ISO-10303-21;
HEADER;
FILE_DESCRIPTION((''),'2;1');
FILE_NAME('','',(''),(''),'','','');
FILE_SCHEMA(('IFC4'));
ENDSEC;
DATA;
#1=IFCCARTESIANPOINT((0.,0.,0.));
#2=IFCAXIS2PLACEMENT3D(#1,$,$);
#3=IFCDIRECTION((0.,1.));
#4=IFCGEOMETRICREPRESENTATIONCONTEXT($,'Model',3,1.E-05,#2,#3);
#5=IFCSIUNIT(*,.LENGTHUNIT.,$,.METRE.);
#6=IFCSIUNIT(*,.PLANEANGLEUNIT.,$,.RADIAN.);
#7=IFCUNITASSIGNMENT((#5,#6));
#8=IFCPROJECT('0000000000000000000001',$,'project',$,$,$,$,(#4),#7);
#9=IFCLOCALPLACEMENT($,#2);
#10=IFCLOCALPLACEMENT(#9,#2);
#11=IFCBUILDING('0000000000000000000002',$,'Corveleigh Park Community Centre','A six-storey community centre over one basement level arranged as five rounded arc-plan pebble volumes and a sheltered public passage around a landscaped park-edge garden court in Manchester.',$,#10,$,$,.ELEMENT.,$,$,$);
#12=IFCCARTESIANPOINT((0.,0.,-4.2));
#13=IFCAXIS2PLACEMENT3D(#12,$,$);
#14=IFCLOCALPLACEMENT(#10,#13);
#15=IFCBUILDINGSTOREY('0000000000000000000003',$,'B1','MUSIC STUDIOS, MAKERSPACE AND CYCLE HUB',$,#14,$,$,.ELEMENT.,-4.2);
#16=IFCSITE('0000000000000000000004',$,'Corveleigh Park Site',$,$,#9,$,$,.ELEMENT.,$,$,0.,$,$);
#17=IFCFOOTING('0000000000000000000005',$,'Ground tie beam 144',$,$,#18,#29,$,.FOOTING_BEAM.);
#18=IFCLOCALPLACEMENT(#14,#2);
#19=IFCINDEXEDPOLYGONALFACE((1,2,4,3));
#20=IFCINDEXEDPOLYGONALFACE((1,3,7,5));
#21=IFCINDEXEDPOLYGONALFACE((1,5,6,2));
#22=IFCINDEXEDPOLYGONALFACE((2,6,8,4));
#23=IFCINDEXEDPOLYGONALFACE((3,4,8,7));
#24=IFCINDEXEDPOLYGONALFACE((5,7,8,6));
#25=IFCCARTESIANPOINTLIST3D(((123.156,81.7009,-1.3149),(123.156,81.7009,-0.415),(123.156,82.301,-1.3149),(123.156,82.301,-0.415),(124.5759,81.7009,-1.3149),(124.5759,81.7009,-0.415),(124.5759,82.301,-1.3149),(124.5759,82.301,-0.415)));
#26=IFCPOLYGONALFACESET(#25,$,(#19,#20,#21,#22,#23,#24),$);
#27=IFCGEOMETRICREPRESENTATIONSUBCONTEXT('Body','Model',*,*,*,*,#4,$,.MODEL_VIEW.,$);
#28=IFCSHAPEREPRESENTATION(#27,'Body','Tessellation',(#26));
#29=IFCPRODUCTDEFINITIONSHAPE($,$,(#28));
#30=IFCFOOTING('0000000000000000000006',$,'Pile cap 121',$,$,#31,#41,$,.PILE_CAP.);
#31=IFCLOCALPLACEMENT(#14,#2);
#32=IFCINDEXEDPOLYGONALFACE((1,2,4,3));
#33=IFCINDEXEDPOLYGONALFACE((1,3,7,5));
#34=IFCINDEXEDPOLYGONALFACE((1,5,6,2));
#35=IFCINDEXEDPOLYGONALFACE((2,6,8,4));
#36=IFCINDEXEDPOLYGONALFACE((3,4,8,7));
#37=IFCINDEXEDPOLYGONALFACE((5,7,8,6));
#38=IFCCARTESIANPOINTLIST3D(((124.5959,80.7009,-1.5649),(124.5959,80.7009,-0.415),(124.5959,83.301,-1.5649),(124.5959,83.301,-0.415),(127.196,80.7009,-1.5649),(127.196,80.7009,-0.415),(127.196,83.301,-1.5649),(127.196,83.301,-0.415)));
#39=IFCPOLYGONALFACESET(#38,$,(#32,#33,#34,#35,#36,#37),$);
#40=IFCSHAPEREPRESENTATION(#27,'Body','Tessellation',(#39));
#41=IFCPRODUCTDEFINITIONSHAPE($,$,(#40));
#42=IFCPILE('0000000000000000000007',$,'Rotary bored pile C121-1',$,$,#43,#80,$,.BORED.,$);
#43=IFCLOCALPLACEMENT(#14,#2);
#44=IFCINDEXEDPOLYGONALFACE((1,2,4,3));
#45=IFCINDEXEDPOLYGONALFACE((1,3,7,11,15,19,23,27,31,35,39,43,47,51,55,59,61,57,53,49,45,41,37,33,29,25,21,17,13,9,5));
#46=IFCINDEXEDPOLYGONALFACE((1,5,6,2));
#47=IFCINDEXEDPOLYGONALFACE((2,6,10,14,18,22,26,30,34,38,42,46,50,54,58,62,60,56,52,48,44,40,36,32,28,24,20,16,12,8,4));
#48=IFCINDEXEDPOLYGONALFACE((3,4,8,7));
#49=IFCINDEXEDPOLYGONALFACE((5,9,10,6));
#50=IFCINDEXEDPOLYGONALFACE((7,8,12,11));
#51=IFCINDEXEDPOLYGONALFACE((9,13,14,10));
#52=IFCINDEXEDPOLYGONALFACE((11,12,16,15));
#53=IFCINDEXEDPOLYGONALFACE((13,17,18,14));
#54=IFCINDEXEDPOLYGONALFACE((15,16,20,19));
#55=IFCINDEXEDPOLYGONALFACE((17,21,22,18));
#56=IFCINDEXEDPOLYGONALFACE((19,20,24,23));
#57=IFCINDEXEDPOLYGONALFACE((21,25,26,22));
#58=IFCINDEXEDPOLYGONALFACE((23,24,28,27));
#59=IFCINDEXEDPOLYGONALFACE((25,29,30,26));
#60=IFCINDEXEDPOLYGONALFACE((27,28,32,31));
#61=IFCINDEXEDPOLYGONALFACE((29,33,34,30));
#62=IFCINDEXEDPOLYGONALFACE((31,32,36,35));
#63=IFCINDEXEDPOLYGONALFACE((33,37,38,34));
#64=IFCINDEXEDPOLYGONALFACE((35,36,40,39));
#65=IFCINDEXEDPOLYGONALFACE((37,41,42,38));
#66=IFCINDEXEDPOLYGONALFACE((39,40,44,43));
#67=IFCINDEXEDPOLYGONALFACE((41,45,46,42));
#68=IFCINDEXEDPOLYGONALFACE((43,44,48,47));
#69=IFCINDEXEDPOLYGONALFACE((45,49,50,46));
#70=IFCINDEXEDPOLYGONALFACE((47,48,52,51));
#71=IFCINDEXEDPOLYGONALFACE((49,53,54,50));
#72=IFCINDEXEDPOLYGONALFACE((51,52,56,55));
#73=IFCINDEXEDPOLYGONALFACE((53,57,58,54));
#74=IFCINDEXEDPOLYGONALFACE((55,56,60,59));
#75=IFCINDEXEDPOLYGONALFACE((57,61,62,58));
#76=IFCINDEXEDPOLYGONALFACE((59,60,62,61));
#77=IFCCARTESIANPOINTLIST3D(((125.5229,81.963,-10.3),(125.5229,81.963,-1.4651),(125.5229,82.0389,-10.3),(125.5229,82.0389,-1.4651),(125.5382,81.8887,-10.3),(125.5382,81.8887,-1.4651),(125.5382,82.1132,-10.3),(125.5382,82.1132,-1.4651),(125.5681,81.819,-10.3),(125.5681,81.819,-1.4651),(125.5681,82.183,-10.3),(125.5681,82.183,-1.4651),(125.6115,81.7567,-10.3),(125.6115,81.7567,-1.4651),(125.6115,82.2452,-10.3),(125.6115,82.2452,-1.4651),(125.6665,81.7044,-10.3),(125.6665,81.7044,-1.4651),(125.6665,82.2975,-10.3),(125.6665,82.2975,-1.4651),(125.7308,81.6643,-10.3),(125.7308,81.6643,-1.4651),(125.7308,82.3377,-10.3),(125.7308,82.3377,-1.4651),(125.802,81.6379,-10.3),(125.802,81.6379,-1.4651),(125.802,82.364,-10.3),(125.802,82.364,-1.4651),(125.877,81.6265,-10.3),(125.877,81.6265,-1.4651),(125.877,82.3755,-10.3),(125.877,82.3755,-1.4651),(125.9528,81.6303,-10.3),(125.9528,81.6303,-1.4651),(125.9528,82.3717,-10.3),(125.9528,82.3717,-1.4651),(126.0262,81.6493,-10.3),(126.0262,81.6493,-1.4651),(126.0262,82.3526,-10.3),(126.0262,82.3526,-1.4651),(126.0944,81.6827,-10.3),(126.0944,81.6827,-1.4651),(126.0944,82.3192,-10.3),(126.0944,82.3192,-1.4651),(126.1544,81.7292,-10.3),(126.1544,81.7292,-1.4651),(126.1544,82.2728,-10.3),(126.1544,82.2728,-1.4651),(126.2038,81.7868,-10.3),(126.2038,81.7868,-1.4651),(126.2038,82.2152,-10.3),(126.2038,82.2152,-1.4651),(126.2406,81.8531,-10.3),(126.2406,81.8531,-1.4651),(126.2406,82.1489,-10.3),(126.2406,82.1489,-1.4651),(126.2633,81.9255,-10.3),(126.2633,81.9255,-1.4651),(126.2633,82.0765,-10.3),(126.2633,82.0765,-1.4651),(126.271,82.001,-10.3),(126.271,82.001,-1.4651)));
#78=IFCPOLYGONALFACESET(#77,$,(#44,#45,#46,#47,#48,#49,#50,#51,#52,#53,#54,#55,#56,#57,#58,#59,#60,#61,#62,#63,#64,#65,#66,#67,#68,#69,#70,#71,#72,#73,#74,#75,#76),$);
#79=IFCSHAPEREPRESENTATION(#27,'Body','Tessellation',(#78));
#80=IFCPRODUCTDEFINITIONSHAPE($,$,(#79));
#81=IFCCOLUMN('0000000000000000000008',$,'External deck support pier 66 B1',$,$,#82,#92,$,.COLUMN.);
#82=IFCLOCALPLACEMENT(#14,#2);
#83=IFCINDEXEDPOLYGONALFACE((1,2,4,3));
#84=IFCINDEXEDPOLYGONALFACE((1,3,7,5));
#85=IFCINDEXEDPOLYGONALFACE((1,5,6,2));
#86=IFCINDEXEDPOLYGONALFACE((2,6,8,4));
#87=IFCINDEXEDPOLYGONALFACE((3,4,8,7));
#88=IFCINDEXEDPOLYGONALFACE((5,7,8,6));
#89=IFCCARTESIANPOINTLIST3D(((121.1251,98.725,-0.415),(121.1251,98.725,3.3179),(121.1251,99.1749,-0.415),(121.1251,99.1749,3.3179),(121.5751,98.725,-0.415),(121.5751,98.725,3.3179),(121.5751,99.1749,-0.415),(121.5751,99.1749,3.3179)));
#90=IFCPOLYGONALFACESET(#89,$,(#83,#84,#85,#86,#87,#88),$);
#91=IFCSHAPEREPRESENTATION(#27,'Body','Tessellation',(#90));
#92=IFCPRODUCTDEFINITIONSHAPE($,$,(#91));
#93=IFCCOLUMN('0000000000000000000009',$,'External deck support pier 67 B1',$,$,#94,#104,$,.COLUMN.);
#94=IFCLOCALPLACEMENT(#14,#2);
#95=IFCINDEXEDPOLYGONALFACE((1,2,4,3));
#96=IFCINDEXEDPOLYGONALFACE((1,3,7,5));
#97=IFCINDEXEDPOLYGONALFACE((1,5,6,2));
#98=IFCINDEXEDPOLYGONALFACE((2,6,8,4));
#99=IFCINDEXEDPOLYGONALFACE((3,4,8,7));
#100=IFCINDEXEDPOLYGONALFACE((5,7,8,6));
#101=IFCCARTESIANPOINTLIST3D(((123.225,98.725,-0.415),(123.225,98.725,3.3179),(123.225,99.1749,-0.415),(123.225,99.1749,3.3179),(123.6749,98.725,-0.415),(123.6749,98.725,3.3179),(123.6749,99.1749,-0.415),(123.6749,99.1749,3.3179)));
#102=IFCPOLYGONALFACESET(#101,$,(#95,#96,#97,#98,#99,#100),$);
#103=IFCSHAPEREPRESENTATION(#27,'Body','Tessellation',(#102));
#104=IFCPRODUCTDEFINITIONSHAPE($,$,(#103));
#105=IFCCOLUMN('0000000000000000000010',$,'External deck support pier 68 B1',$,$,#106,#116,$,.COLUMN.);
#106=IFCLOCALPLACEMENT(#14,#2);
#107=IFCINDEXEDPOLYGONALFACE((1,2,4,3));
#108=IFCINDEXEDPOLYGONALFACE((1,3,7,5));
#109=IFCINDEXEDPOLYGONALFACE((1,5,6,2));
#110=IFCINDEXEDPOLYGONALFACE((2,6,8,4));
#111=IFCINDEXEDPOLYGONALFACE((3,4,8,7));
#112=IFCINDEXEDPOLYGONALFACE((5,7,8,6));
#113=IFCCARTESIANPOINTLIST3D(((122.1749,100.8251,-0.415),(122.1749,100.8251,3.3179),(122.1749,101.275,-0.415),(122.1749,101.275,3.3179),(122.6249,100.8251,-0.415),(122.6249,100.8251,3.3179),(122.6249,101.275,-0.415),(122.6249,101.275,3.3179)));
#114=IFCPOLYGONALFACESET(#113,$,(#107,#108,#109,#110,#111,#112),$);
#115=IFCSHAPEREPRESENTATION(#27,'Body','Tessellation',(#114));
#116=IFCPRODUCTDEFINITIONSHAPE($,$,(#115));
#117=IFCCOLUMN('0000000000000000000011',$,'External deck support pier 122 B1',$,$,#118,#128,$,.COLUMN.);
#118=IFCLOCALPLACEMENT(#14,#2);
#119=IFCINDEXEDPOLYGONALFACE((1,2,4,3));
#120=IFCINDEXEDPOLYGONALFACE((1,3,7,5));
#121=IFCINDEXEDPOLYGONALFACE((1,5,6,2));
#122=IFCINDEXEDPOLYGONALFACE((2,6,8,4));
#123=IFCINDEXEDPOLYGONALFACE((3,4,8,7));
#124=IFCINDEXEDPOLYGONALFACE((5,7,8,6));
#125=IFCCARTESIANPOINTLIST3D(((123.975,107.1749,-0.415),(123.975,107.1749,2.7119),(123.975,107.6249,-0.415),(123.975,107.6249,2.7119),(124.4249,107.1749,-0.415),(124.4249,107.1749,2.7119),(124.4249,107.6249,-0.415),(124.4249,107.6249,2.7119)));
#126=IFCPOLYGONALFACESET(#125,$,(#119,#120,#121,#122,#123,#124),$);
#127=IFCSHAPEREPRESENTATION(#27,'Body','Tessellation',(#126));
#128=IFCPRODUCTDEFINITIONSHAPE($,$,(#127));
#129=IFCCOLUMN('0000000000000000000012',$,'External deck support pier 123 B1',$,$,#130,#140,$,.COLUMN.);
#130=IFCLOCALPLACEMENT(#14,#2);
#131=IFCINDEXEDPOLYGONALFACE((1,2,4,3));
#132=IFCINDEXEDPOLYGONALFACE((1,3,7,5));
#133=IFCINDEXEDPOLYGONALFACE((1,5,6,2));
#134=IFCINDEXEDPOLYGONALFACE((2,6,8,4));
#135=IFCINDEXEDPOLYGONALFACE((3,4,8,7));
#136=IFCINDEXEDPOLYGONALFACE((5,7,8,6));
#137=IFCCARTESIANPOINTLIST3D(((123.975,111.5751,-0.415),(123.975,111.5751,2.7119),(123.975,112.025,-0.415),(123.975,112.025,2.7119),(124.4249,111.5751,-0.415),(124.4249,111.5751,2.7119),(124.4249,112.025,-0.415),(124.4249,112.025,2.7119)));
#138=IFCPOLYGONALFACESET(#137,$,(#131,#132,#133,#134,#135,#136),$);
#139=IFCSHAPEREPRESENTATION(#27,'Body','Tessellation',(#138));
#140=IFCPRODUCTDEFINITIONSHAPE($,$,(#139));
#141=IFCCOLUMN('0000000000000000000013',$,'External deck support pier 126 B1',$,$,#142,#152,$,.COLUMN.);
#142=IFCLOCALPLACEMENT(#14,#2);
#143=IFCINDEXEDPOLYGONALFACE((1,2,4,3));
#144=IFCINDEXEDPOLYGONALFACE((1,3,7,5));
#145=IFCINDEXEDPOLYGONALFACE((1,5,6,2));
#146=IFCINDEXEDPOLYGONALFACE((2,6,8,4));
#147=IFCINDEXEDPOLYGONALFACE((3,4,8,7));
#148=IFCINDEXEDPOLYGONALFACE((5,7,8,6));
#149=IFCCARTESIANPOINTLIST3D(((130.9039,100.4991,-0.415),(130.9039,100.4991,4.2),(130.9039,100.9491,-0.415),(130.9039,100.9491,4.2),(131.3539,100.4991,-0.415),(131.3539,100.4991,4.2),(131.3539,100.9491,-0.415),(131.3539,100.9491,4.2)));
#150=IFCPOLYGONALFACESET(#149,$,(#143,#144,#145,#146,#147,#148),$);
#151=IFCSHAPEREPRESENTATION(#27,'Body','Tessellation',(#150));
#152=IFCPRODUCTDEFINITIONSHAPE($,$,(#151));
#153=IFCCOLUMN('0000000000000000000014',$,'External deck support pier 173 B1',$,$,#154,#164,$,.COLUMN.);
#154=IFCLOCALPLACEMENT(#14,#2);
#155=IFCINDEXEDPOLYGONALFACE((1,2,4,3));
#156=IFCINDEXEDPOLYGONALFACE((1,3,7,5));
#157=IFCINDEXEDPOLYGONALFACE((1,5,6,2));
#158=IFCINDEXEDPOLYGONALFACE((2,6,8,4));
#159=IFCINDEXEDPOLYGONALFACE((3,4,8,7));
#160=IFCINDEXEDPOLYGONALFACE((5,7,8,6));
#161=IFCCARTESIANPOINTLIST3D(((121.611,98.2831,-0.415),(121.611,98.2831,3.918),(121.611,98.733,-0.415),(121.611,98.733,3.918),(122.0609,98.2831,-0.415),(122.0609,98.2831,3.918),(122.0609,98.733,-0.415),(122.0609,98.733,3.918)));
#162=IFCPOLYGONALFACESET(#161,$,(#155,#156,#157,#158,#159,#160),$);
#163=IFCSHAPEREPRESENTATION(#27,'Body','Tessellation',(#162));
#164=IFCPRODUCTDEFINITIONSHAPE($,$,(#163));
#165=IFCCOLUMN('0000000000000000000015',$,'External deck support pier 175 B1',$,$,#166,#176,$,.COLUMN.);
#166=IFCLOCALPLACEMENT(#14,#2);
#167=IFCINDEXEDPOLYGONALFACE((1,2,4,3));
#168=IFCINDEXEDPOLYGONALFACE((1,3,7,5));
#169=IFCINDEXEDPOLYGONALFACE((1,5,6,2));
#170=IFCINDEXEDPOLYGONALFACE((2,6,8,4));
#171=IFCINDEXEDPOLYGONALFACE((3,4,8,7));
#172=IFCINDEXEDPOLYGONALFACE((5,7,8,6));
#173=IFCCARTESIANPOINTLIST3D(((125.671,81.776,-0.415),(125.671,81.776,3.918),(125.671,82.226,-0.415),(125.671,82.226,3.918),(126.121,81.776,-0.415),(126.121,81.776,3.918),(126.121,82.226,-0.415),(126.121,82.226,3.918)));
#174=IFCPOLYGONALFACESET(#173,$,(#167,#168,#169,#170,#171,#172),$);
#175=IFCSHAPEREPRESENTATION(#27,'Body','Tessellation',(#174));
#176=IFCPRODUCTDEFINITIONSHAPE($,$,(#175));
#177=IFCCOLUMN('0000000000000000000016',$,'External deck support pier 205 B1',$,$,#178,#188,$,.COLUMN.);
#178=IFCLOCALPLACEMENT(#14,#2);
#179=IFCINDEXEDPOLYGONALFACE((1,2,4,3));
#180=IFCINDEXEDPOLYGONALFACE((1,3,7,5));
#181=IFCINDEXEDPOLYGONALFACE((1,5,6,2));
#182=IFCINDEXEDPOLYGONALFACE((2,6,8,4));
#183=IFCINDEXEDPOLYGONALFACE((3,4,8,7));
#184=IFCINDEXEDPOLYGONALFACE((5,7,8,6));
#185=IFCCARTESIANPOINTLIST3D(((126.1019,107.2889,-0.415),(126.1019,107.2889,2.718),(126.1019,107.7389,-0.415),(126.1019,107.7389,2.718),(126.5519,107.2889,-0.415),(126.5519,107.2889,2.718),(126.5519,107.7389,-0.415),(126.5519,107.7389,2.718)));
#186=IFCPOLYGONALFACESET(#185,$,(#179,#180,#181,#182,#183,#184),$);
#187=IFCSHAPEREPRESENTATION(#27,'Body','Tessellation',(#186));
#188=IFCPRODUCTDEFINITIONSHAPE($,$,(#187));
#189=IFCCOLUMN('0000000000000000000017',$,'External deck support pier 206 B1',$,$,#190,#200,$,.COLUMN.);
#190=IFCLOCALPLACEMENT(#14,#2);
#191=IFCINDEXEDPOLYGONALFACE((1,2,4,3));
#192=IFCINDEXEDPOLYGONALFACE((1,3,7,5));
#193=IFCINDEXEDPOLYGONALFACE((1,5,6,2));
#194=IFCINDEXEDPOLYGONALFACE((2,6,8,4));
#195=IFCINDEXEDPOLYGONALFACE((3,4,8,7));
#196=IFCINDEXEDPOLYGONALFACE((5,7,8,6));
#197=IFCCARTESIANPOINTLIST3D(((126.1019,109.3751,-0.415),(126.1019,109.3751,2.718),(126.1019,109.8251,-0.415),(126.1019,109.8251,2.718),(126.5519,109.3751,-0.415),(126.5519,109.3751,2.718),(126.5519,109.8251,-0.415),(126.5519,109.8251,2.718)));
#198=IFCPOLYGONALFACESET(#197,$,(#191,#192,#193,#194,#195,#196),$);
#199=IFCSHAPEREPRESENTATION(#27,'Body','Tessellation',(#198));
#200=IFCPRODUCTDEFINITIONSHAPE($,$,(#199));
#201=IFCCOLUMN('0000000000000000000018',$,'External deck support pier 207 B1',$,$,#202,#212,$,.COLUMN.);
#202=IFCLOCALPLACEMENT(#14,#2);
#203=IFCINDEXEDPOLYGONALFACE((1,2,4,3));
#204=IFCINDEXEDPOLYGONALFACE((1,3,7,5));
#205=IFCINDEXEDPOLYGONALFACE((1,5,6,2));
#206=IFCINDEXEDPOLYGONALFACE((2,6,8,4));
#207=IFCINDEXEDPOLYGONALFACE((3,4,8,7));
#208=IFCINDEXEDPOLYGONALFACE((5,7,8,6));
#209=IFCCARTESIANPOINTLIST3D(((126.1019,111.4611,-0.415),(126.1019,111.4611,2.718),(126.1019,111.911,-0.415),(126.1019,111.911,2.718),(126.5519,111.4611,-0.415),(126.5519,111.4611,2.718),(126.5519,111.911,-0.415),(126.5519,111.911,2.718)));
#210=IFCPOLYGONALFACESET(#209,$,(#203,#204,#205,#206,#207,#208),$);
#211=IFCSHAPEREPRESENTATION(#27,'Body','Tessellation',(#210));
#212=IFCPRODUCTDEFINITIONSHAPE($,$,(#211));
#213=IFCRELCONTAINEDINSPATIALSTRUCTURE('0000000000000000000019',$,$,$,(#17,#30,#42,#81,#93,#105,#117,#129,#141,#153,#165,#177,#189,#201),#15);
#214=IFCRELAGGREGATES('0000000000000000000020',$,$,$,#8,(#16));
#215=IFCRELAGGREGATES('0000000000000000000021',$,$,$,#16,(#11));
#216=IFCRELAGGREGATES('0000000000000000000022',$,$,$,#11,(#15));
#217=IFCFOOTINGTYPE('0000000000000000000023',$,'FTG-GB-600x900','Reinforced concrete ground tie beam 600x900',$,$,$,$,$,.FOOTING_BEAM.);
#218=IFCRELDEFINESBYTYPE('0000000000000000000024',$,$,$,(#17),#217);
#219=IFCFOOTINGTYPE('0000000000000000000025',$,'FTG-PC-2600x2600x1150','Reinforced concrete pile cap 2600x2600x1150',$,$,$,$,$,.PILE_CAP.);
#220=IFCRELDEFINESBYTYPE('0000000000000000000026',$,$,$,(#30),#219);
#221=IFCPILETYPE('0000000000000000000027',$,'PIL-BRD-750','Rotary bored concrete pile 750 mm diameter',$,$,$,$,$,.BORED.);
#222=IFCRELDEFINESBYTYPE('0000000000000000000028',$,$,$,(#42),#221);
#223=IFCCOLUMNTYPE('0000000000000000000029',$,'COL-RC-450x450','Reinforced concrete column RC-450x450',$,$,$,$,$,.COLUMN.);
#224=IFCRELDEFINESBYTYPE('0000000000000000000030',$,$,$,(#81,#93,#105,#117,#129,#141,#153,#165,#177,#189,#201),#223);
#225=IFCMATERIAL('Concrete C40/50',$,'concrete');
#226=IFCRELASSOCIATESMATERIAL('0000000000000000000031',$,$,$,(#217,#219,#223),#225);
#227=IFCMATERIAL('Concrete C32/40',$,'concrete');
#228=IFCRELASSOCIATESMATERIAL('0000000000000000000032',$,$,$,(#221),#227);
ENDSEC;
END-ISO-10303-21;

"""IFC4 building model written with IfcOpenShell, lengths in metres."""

from ifc_helpers import new_model, si_unit, direction, frame, origin, origin_2d, place, context, subcontext, project, spatial, rectangle, circle, extrude, material, material_profile, profile_set, type_object, element, save


model = new_model("IFC4")

# Units and contexts
model_context = context("Model", 3, precision=1e-05, world=origin(), true_north=direction((0.0, 1.0)))
body_context = subcontext(model_context, "Body", "Model", "MODEL_VIEW")
ifc_project = project(units=[si_unit("LENGTHUNIT", "METRE"), si_unit("PLANEANGLEUNIT", "RADIAN")], contexts=[model_context])

# Site, building, storey
site_placement = place(None, origin())
site = spatial("IfcSite", under=ifc_project, at=site_placement, Name="Corveleigh Park Site", CompositionType="ELEMENT", RefElevation=0.0)
building_placement = place(site_placement, origin())
building = spatial("IfcBuilding", under=site, at=building_placement, Name="Corveleigh Park Community Centre", Description="A six-storey community centre over one basement level arranged as five rounded arc-plan pebble volumes and a sheltered public passage around a landscaped park-edge garden court in Manchester.", CompositionType="ELEMENT")
storey_placement = place(building_placement, frame((0.0, 0.0, -4.2)))
storey = spatial("IfcBuildingStorey", under=building, at=storey_placement, Name="B1", Description="MUSIC STUDIOS, MAKERSPACE AND CYCLE HUB", CompositionType="ELEMENT", Elevation=-4.2)

# Footings
ifc_material_1 = material(Name="Concrete C40/50", Category="concrete")
footing_type_1 = type_object("IfcFootingType", Name="FTG-GB-600x900", Description="Reinforced concrete ground tie beam 600x900", PredefinedType="FOOTING_BEAM", material=ifc_material_1)
footing_1_placement = place(storey_placement, frame((123.866, 82.001, -1.3149), z_axis=(0.0, 0.0, 1.0), x_axis=(1.0, 0.0, 0.0)))
element("IfcFooting", 1, at=footing_1_placement, inside=storey, type_object=footing_type_1, Name="Ground tie beam 144", PredefinedType="FOOTING_BEAM", context=body_context, shape_type="SweptSolid", body=[
    extrude(rectangle(XDim=1.4199, YDim=0.6001, at=origin_2d()), origin(), (0.0, 0.0, 1.0), 0.8999),
])
footing_type_2 = type_object("IfcFootingType", Name="FTG-PC-2600x2600x1150", Description="Reinforced concrete pile cap 2600x2600x1150", PredefinedType="PILE_CAP", material=ifc_material_1)
footing_2_placement = place(storey_placement, frame((125.896, 82.001, -1.5649), z_axis=(0.0, 0.0, 1.0), x_axis=(1.0, 0.0, 0.0)))
element("IfcFooting", 2, at=footing_2_placement, inside=storey, type_object=footing_type_2, Name="Pile cap 121", PredefinedType="PILE_CAP", context=body_context, shape_type="SweptSolid", body=[
    extrude(rectangle(XDim=2.6001, YDim=2.6001, at=origin_2d()), origin(), (0.0, 0.0, 1.0), 1.1499),
])

# Pile
ifc_material_2 = material(Name="Concrete C32/40", Category="concrete")
ifc_material_profile_1 = material_profile(ifc_material_2, circle(Radius=0.375, at=origin_2d()), Name="BORED-PILE-750", Category="concrete")
ifc_profile_set_1 = profile_set([ifc_material_profile_1], Name="Concrete C32/40")
pile_type = type_object("IfcPileType", Name="PIL-BRD-750", Description="Rotary bored concrete pile 750 mm diameter", PredefinedType="BORED", material=ifc_profile_set_1)
pile_placement = place(storey_placement, frame((125.896, 82.001, -1.4651), z_axis=(0.0, 0.0, -1.0), x_axis=(1.0, 0.0, 0.0)))
element("IfcPile", 3, at=pile_placement, inside=storey, type_object=pile_type, Name="Rotary bored pile C121-1", PredefinedType="BORED", context=body_context, shape_type="SweptSolid", body=[
    extrude(circle(Radius=0.375, at=origin_2d()), origin(), (0.0, 0.0, 1.0), 8.835),
])

# Columns
ifc_material_profile_2 = material_profile(ifc_material_1, rectangle(XDim=0.45, YDim=0.45, at=origin_2d()), Name="RC-450x450", Category="concrete")
ifc_profile_set_2 = profile_set([ifc_material_profile_2], Name="Concrete C40/50")
column_type_1 = type_object("IfcColumnType", Name="COL-RC-450x450", Description="Reinforced concrete column RC-450x450", PredefinedType="COLUMN", material=ifc_profile_set_2)
for number, where, z_axis, x_axis, name in (
    (4, (121.3501, 98.95, -0.415), (0.0, 0.0, 1.0), (1.0, 0.0, 0.0), "External deck support pier 66 B1"),
    (5, (123.45, 98.95, -0.415), (0.0, 0.0, 1.0), (1.0, 0.0, 0.0), "External deck support pier 67 B1"),
    (6, (122.3999, 101.05, -0.415), (0.0, 0.0, 1.0), (1.0, 0.0, 0.0), "External deck support pier 68 B1"),
):
    element("IfcColumn", number, at=place(storey_placement, frame(where, z_axis=z_axis, x_axis=x_axis)), inside=storey, type_object=column_type_1, Name=name, PredefinedType="COLUMN", context=body_context, shape_type="SweptSolid", body=[
        extrude(rectangle(XDim=0.45, YDim=0.45, at=origin_2d()), origin(), (0.0, 0.0, 1.0), 3.7329),
    ])
for number, where, z_axis, x_axis, name in (
    (7, (124.2, 107.3999, -0.415), (0.0, 0.0, 1.0), (1.0, 0.0, 0.0), "External deck support pier 122 B1"),
    (8, (124.2, 111.8, -0.415), (0.0, 0.0, 1.0), (1.0, 0.0, 0.0), "External deck support pier 123 B1"),
):
    element("IfcColumn", number, at=place(storey_placement, frame(where, z_axis=z_axis, x_axis=x_axis)), inside=storey, type_object=column_type_1, Name=name, PredefinedType="COLUMN", context=body_context, shape_type="SweptSolid", body=[
        extrude(rectangle(XDim=0.45, YDim=0.45, at=origin_2d()), origin(), (0.0, 0.0, 1.0), 3.127),
    ])
column_1_placement = place(storey_placement, frame((131.1289, 100.7241, -0.415), z_axis=(0.0, 0.0, 1.0), x_axis=(1.0, 0.0, 0.0)))
element("IfcColumn", 9, at=column_1_placement, inside=storey, type_object=column_type_1, Name="External deck support pier 126 B1", PredefinedType="COLUMN", context=body_context, shape_type="SweptSolid", body=[
    extrude(rectangle(XDim=0.45, YDim=0.45, at=origin_2d()), origin(), (0.0, 0.0, 1.0), 4.615),
])
for number, where, z_axis, x_axis, name in (
    (10, (121.8359, 98.5081, -0.415), (0.0, 0.0, 1.0), (1.0, 0.0, 0.0), "External deck support pier 173 B1"),
    (11, (125.896, 82.001, -0.415), (0.0, 0.0, 1.0), (1.0, 0.0, 0.0), "External deck support pier 175 B1"),
):
    element("IfcColumn", number, at=place(storey_placement, frame(where, z_axis=z_axis, x_axis=x_axis)), inside=storey, type_object=column_type_1, Name=name, PredefinedType="COLUMN", context=body_context, shape_type="SweptSolid", body=[
        extrude(rectangle(XDim=0.45, YDim=0.45, at=origin_2d()), origin(), (0.0, 0.0, 1.0), 4.333),
    ])
for number, where, z_axis, x_axis, name in (
    (12, (126.3269, 107.5139, -0.415), (0.0, 0.0, 1.0), (1.0, 0.0, 0.0), "External deck support pier 205 B1"),
    (13, (126.3269, 109.6001, -0.415), (0.0, 0.0, 1.0), (1.0, 0.0, 0.0), "External deck support pier 206 B1"),
    (14, (126.3269, 111.686, -0.415), (0.0, 0.0, 1.0), (1.0, 0.0, 0.0), "External deck support pier 207 B1"),
):
    element("IfcColumn", number, at=place(storey_placement, frame(where, z_axis=z_axis, x_axis=x_axis)), inside=storey, type_object=column_type_1, Name=name, PredefinedType="COLUMN", context=body_context, shape_type="SweptSolid", body=[
        extrude(rectangle(XDim=0.45, YDim=0.45, at=origin_2d()), origin(), (0.0, 0.0, 1.0), 3.1331),
    ])

save(model, "model.ifc")
